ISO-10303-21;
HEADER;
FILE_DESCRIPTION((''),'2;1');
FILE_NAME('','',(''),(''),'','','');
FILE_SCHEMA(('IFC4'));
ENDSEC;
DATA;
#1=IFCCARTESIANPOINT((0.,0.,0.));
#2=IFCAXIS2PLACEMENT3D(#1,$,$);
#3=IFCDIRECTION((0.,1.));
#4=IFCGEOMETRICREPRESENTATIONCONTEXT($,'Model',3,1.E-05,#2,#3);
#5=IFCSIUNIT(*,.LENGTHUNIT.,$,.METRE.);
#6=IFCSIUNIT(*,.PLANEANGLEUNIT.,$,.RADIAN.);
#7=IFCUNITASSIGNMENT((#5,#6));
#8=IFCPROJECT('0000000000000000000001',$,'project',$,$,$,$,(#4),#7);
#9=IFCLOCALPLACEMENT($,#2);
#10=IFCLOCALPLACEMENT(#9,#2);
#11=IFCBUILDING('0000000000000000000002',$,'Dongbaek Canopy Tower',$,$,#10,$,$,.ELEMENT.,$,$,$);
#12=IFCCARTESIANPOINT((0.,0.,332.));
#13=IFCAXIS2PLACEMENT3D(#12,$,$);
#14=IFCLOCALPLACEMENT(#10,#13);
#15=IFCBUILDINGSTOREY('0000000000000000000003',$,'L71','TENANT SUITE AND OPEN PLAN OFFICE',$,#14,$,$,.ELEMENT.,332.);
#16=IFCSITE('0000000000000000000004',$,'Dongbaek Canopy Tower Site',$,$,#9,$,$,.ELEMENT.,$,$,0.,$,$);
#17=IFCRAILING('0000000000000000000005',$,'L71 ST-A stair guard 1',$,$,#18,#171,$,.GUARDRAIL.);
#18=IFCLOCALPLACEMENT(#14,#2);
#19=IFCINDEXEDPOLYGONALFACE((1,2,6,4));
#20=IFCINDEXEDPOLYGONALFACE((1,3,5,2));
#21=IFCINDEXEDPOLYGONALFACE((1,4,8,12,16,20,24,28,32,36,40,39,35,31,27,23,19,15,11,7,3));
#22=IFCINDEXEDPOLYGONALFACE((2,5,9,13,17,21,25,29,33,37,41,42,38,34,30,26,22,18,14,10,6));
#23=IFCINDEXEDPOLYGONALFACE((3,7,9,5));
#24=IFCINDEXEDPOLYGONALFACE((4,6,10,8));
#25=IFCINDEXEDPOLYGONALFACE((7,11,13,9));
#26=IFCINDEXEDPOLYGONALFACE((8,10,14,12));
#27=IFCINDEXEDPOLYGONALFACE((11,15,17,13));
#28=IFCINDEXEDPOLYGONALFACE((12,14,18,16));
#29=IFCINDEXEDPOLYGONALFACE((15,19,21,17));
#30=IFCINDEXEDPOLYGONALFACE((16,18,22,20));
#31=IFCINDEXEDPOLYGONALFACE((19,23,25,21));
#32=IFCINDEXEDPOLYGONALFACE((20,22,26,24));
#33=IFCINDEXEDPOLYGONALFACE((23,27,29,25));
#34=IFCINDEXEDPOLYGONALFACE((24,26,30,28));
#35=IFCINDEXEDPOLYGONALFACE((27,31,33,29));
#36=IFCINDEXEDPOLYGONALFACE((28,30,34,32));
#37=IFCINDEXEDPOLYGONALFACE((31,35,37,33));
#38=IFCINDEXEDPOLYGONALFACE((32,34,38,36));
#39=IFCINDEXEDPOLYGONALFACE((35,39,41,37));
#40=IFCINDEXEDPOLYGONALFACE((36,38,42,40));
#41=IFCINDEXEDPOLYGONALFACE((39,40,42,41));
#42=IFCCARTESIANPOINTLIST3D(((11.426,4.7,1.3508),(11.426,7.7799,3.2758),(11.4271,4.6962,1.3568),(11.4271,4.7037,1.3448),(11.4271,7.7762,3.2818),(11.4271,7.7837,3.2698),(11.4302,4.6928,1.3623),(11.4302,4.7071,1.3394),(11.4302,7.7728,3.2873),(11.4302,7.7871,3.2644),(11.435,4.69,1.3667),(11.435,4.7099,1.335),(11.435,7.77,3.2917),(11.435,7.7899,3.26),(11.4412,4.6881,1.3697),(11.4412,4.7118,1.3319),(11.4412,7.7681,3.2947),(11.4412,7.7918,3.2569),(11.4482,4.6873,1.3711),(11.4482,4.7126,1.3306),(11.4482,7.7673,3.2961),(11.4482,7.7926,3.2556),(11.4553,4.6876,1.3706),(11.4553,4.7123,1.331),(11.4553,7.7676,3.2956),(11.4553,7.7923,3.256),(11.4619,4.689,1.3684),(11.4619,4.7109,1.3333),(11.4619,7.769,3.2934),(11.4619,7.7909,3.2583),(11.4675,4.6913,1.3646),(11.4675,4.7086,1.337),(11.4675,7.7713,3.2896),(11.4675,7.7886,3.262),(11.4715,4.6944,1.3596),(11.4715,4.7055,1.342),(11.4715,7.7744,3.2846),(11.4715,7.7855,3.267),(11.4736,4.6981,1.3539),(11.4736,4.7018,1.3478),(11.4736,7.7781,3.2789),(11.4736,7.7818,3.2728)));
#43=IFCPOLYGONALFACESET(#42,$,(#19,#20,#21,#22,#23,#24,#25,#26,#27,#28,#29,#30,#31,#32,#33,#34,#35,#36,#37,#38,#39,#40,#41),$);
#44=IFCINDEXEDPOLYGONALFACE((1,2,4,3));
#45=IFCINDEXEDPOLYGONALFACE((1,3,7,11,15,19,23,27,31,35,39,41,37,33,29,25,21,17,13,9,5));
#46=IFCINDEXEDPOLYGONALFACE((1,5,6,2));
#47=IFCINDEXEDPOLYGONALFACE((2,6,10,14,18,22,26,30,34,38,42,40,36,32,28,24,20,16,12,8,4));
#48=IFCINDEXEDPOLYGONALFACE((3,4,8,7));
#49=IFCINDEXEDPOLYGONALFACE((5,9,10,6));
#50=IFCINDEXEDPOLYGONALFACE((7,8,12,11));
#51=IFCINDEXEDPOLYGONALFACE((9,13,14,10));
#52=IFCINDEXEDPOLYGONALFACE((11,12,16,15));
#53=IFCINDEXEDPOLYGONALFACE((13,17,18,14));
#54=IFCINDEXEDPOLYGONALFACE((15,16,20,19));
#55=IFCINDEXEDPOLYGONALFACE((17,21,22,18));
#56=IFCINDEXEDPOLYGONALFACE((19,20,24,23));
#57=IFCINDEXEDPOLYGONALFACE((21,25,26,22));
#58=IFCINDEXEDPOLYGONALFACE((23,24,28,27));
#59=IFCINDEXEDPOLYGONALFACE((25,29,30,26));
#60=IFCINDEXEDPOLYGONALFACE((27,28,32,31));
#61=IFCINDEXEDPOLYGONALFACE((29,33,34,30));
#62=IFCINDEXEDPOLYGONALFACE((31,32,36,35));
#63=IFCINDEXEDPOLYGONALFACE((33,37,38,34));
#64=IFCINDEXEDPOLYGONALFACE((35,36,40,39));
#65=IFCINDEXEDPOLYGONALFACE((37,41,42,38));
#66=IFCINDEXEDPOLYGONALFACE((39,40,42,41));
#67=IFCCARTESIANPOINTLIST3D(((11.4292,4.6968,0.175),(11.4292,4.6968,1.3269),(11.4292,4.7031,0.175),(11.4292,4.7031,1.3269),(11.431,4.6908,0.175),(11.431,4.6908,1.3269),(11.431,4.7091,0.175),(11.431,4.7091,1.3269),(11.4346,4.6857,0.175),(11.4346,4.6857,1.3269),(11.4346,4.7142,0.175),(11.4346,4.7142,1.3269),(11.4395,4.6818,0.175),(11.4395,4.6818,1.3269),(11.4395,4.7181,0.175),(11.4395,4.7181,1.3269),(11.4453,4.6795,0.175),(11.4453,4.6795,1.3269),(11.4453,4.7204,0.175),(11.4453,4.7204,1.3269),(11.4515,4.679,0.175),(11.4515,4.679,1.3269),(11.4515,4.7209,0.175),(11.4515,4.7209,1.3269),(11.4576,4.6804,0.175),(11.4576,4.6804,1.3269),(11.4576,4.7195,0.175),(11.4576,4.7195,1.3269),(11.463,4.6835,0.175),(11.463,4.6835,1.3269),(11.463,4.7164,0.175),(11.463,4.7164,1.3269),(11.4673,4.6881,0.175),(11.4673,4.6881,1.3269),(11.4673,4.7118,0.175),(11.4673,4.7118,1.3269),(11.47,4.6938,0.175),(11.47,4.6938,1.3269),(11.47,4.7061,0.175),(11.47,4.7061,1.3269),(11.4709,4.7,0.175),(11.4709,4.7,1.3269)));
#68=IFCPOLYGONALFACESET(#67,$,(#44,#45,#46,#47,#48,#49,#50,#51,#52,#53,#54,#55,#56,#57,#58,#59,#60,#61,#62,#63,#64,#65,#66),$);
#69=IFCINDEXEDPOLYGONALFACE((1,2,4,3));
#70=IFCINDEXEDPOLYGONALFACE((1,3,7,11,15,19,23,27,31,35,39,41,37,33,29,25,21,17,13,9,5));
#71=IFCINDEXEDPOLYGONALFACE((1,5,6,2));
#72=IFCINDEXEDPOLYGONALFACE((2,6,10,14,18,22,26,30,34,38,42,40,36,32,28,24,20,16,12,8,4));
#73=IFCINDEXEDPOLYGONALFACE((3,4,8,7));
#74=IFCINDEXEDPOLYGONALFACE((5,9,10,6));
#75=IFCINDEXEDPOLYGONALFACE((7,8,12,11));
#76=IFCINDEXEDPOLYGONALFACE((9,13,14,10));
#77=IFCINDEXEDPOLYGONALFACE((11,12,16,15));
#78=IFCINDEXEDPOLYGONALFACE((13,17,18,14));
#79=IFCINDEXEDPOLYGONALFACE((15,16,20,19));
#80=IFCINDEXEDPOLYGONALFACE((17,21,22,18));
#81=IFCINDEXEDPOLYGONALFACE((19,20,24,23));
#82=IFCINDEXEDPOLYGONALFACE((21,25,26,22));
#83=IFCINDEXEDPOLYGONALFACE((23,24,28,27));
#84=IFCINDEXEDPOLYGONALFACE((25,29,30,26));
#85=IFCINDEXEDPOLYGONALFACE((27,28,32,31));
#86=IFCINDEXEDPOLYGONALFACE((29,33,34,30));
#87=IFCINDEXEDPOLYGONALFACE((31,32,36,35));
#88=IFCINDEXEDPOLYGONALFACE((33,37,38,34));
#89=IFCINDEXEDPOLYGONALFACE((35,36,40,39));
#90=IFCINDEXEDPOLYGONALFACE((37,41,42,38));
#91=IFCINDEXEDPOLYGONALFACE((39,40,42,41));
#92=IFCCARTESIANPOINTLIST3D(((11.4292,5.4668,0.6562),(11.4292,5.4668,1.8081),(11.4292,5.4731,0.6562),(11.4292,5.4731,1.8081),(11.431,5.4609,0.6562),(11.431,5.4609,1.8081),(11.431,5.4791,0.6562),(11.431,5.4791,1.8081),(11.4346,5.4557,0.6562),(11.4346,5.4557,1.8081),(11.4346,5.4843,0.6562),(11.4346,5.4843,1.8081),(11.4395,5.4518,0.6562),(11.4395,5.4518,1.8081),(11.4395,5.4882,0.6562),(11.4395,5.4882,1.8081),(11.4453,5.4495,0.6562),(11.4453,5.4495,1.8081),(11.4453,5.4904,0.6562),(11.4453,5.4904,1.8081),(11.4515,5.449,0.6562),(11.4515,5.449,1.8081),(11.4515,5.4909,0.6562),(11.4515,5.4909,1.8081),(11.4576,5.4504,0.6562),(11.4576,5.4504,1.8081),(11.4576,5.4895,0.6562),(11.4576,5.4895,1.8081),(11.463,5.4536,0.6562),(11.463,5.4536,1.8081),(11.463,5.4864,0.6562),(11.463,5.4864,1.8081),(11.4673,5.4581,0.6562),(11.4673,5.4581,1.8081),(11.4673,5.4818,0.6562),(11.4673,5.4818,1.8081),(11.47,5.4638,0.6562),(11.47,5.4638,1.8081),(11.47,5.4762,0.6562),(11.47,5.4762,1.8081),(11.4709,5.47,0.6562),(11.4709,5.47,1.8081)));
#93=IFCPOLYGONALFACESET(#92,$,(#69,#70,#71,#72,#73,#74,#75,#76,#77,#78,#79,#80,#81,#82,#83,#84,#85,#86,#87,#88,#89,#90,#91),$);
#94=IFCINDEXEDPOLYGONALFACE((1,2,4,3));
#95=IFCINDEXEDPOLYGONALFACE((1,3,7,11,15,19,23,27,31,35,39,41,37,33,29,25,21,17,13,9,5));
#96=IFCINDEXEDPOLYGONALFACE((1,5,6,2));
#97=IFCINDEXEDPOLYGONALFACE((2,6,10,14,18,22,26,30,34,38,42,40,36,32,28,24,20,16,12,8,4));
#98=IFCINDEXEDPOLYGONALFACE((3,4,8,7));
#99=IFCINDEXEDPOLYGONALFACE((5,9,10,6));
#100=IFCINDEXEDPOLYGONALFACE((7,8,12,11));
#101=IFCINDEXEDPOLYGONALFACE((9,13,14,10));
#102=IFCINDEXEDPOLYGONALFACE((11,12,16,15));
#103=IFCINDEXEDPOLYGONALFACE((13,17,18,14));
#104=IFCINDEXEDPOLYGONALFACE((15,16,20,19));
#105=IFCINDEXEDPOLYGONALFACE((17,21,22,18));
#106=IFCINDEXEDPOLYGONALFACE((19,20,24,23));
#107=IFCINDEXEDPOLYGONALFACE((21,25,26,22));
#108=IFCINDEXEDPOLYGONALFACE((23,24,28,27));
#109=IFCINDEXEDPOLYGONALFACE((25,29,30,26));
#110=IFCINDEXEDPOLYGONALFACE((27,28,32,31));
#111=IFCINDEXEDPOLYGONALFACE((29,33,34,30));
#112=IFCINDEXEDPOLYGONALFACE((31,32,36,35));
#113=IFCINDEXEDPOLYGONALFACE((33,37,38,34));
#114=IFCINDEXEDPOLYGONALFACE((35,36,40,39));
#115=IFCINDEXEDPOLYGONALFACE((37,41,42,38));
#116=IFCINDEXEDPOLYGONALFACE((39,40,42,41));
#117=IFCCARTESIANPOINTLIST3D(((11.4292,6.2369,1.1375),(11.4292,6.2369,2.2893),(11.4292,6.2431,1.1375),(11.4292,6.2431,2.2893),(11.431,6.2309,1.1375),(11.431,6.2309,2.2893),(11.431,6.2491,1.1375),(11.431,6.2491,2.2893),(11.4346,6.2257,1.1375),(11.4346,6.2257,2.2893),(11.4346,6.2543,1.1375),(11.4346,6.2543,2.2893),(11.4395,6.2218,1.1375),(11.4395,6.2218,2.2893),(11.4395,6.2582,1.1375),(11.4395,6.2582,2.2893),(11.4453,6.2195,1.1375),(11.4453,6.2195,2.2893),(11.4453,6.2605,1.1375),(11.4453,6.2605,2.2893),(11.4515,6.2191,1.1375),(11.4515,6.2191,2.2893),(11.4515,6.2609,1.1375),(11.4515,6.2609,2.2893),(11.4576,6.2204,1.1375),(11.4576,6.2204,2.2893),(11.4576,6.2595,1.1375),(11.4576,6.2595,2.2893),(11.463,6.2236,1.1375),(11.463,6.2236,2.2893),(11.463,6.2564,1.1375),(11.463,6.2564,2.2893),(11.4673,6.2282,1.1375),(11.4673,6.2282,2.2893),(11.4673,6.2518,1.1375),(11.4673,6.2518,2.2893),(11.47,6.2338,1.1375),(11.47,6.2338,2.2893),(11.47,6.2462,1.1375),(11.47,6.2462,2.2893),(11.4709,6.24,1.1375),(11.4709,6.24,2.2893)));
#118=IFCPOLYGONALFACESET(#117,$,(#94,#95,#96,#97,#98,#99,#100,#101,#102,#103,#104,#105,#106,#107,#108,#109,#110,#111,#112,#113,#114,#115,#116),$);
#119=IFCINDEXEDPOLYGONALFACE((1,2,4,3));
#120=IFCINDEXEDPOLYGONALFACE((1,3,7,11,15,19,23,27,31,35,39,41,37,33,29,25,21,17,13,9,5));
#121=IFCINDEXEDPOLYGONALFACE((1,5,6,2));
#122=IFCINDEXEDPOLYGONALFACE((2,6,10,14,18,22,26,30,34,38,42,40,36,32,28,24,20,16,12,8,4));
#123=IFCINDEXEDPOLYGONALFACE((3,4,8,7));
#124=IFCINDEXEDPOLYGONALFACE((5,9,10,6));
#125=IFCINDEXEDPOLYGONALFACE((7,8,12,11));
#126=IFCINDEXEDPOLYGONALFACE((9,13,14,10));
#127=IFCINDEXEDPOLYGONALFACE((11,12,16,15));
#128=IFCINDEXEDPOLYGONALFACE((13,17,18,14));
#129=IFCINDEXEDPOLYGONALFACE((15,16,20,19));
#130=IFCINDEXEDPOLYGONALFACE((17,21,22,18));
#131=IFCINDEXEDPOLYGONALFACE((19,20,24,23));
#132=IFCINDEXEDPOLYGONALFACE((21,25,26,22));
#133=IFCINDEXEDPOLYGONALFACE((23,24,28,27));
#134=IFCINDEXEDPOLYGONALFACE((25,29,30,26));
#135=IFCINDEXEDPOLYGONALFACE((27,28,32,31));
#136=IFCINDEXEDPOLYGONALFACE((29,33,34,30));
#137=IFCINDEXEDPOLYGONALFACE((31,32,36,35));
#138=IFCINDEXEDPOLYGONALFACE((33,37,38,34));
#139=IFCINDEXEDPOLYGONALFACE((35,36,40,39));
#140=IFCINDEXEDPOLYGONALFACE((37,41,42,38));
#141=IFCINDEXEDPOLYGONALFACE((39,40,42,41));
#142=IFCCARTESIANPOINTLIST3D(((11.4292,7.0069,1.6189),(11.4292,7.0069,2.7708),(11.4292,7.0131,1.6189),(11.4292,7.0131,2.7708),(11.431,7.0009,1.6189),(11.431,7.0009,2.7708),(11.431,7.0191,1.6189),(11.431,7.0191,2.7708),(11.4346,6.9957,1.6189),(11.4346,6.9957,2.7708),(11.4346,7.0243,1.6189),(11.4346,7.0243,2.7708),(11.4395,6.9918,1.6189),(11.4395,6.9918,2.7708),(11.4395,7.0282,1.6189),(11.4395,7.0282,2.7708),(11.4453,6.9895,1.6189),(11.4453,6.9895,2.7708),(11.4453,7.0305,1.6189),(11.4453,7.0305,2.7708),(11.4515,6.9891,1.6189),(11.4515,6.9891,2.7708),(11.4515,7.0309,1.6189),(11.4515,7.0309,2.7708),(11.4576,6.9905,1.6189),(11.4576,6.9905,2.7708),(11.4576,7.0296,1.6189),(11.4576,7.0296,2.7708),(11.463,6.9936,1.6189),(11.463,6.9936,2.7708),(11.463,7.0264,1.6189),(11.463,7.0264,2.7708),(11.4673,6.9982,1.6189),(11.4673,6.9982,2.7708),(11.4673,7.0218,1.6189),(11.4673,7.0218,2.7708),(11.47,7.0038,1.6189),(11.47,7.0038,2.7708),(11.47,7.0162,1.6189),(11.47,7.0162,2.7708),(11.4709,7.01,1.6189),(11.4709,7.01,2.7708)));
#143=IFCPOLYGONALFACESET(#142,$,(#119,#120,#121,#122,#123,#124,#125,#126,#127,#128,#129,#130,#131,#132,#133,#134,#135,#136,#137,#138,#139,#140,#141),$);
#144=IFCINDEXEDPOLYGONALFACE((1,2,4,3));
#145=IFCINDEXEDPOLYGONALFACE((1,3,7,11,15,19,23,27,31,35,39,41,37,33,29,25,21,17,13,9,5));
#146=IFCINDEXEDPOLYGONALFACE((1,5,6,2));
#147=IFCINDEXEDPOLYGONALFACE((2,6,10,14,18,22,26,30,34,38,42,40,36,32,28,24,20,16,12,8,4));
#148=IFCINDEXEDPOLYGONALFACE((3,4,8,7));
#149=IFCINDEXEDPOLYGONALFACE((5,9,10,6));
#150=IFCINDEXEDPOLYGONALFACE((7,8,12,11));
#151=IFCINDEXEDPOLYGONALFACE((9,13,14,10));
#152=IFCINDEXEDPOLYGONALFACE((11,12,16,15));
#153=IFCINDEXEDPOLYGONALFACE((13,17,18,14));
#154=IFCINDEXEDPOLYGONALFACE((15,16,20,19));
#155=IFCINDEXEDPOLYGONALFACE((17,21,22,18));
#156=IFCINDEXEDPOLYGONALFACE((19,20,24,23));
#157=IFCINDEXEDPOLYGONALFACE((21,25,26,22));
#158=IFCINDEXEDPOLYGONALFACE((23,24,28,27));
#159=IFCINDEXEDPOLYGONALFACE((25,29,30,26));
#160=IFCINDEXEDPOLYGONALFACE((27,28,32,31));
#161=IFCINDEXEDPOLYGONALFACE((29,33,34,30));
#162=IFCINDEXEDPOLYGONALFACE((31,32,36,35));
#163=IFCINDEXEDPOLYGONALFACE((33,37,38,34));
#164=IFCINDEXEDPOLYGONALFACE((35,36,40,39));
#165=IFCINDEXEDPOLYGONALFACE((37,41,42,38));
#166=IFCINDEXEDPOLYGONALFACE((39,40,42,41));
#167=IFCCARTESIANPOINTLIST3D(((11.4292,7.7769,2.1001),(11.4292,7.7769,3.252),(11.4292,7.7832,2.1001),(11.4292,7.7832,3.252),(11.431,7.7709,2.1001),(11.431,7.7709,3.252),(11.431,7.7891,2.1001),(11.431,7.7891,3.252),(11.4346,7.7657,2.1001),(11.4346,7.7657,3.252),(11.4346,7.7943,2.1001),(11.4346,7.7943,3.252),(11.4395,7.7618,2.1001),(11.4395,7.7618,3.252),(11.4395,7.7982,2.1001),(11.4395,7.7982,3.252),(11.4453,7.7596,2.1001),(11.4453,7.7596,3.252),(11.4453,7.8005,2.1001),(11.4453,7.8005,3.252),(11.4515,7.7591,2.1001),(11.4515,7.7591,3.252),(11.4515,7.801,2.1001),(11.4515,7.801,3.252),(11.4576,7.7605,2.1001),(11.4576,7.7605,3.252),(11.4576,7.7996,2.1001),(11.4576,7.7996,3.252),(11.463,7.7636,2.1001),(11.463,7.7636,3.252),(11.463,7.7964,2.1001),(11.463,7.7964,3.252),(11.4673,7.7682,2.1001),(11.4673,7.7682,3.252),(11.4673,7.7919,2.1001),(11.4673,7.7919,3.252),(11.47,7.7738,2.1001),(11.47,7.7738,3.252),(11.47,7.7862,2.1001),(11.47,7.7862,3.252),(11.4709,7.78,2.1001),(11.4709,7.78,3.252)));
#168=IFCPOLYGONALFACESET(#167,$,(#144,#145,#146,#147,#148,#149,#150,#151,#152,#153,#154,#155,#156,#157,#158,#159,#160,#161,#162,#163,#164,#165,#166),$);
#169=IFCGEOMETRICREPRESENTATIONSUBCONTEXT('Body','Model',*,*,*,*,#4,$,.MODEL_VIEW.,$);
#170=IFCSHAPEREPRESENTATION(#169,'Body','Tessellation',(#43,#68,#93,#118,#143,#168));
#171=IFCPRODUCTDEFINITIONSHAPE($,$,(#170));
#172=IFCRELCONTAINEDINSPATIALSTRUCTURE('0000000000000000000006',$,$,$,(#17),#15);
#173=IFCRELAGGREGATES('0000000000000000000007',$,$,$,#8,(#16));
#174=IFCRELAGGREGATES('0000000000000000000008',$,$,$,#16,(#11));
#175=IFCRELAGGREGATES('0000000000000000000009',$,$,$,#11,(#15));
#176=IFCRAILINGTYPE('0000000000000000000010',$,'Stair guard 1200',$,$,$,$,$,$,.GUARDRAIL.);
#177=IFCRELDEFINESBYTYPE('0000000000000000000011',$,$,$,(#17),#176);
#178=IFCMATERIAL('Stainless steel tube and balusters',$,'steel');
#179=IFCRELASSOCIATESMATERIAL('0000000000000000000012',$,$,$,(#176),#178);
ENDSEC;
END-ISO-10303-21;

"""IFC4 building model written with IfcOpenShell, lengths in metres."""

from ifc_helpers import new_model, si_unit, direction, frame, origin, origin_2d, place, context, subcontext, project, spatial, circle, extrude, material, type_object, element, save


model = new_model("IFC4")

# Units and contexts
model_context = context("Model", 3, precision=1e-05, world=origin(), true_north=direction((0.0, 1.0)))
body_context = subcontext(model_context, "Body", "Model", "MODEL_VIEW")
ifc_project = project(units=[si_unit("LENGTHUNIT", "METRE"), si_unit("PLANEANGLEUNIT", "RADIAN")], contexts=[model_context])

# Site, building, storey
site_placement = place(None, origin())
site = spatial("IfcSite", under=ifc_project, at=site_placement, Name="Dongbaek Canopy Tower Site", CompositionType="ELEMENT", RefElevation=0.0)
building_placement = place(site_placement, origin())
building = spatial("IfcBuilding", under=site, at=building_placement, Name="Dongbaek Canopy Tower", CompositionType="ELEMENT")
storey_placement = place(building_placement, frame((0.0, 0.0, 332.0)))
storey = spatial("IfcBuildingStorey", under=building, at=storey_placement, Name="L71", Description="TENANT SUITE AND OPEN PLAN OFFICE", CompositionType="ELEMENT", Elevation=332.0)

# Railing
ifc_material_1 = material(Name="Stainless steel tube and balusters", Category="steel")
railing_type_1 = type_object("IfcRailingType", Name="Stair guard 1200", PredefinedType="GUARDRAIL", material=ifc_material_1)
railing_1_placement = place(storey_placement, frame((11.45, 4.7, 0.175)))
element("IfcRailing", 1, at=railing_1_placement, inside=storey, type_object=railing_type_1, Name="L71 ST-A stair guard 1", PredefinedType="GUARDRAIL", context=body_context, shape_type="SweptSolid", body=[
    extrude(circle(Radius=0.0239, at=origin_2d()), frame((0.0, 0.0, 1.1758), z_axis=(0.0, 0.847998, 0.529999), x_axis=(-1.0, 0.0, 0.0)), (0.0, 0.0, 1.0), 3.6321),
    extrude(circle(Radius=0.021, at=origin_2d()), origin(), (0.0, 0.0, 1.0), 1.1519),
    extrude(circle(Radius=0.021, at=origin_2d()), frame((0.0, 0.77, 0.4812)), (0.0, 0.0, 1.0), 1.1519),
    extrude(circle(Radius=0.021, at=origin_2d()), frame((0.0, 1.54, 0.9624)), (0.0, 0.0, 1.0), 1.1519),
    extrude(circle(Radius=0.021, at=origin_2d()), frame((0.0, 2.3101, 1.4438)), (0.0, 0.0, 1.0), 1.1519),
    extrude(circle(Radius=0.021, at=origin_2d()), frame((0.0, 3.0801, 1.925)), (0.0, 0.0, 1.0), 1.1519),
])

save(model, "model.ifc")
